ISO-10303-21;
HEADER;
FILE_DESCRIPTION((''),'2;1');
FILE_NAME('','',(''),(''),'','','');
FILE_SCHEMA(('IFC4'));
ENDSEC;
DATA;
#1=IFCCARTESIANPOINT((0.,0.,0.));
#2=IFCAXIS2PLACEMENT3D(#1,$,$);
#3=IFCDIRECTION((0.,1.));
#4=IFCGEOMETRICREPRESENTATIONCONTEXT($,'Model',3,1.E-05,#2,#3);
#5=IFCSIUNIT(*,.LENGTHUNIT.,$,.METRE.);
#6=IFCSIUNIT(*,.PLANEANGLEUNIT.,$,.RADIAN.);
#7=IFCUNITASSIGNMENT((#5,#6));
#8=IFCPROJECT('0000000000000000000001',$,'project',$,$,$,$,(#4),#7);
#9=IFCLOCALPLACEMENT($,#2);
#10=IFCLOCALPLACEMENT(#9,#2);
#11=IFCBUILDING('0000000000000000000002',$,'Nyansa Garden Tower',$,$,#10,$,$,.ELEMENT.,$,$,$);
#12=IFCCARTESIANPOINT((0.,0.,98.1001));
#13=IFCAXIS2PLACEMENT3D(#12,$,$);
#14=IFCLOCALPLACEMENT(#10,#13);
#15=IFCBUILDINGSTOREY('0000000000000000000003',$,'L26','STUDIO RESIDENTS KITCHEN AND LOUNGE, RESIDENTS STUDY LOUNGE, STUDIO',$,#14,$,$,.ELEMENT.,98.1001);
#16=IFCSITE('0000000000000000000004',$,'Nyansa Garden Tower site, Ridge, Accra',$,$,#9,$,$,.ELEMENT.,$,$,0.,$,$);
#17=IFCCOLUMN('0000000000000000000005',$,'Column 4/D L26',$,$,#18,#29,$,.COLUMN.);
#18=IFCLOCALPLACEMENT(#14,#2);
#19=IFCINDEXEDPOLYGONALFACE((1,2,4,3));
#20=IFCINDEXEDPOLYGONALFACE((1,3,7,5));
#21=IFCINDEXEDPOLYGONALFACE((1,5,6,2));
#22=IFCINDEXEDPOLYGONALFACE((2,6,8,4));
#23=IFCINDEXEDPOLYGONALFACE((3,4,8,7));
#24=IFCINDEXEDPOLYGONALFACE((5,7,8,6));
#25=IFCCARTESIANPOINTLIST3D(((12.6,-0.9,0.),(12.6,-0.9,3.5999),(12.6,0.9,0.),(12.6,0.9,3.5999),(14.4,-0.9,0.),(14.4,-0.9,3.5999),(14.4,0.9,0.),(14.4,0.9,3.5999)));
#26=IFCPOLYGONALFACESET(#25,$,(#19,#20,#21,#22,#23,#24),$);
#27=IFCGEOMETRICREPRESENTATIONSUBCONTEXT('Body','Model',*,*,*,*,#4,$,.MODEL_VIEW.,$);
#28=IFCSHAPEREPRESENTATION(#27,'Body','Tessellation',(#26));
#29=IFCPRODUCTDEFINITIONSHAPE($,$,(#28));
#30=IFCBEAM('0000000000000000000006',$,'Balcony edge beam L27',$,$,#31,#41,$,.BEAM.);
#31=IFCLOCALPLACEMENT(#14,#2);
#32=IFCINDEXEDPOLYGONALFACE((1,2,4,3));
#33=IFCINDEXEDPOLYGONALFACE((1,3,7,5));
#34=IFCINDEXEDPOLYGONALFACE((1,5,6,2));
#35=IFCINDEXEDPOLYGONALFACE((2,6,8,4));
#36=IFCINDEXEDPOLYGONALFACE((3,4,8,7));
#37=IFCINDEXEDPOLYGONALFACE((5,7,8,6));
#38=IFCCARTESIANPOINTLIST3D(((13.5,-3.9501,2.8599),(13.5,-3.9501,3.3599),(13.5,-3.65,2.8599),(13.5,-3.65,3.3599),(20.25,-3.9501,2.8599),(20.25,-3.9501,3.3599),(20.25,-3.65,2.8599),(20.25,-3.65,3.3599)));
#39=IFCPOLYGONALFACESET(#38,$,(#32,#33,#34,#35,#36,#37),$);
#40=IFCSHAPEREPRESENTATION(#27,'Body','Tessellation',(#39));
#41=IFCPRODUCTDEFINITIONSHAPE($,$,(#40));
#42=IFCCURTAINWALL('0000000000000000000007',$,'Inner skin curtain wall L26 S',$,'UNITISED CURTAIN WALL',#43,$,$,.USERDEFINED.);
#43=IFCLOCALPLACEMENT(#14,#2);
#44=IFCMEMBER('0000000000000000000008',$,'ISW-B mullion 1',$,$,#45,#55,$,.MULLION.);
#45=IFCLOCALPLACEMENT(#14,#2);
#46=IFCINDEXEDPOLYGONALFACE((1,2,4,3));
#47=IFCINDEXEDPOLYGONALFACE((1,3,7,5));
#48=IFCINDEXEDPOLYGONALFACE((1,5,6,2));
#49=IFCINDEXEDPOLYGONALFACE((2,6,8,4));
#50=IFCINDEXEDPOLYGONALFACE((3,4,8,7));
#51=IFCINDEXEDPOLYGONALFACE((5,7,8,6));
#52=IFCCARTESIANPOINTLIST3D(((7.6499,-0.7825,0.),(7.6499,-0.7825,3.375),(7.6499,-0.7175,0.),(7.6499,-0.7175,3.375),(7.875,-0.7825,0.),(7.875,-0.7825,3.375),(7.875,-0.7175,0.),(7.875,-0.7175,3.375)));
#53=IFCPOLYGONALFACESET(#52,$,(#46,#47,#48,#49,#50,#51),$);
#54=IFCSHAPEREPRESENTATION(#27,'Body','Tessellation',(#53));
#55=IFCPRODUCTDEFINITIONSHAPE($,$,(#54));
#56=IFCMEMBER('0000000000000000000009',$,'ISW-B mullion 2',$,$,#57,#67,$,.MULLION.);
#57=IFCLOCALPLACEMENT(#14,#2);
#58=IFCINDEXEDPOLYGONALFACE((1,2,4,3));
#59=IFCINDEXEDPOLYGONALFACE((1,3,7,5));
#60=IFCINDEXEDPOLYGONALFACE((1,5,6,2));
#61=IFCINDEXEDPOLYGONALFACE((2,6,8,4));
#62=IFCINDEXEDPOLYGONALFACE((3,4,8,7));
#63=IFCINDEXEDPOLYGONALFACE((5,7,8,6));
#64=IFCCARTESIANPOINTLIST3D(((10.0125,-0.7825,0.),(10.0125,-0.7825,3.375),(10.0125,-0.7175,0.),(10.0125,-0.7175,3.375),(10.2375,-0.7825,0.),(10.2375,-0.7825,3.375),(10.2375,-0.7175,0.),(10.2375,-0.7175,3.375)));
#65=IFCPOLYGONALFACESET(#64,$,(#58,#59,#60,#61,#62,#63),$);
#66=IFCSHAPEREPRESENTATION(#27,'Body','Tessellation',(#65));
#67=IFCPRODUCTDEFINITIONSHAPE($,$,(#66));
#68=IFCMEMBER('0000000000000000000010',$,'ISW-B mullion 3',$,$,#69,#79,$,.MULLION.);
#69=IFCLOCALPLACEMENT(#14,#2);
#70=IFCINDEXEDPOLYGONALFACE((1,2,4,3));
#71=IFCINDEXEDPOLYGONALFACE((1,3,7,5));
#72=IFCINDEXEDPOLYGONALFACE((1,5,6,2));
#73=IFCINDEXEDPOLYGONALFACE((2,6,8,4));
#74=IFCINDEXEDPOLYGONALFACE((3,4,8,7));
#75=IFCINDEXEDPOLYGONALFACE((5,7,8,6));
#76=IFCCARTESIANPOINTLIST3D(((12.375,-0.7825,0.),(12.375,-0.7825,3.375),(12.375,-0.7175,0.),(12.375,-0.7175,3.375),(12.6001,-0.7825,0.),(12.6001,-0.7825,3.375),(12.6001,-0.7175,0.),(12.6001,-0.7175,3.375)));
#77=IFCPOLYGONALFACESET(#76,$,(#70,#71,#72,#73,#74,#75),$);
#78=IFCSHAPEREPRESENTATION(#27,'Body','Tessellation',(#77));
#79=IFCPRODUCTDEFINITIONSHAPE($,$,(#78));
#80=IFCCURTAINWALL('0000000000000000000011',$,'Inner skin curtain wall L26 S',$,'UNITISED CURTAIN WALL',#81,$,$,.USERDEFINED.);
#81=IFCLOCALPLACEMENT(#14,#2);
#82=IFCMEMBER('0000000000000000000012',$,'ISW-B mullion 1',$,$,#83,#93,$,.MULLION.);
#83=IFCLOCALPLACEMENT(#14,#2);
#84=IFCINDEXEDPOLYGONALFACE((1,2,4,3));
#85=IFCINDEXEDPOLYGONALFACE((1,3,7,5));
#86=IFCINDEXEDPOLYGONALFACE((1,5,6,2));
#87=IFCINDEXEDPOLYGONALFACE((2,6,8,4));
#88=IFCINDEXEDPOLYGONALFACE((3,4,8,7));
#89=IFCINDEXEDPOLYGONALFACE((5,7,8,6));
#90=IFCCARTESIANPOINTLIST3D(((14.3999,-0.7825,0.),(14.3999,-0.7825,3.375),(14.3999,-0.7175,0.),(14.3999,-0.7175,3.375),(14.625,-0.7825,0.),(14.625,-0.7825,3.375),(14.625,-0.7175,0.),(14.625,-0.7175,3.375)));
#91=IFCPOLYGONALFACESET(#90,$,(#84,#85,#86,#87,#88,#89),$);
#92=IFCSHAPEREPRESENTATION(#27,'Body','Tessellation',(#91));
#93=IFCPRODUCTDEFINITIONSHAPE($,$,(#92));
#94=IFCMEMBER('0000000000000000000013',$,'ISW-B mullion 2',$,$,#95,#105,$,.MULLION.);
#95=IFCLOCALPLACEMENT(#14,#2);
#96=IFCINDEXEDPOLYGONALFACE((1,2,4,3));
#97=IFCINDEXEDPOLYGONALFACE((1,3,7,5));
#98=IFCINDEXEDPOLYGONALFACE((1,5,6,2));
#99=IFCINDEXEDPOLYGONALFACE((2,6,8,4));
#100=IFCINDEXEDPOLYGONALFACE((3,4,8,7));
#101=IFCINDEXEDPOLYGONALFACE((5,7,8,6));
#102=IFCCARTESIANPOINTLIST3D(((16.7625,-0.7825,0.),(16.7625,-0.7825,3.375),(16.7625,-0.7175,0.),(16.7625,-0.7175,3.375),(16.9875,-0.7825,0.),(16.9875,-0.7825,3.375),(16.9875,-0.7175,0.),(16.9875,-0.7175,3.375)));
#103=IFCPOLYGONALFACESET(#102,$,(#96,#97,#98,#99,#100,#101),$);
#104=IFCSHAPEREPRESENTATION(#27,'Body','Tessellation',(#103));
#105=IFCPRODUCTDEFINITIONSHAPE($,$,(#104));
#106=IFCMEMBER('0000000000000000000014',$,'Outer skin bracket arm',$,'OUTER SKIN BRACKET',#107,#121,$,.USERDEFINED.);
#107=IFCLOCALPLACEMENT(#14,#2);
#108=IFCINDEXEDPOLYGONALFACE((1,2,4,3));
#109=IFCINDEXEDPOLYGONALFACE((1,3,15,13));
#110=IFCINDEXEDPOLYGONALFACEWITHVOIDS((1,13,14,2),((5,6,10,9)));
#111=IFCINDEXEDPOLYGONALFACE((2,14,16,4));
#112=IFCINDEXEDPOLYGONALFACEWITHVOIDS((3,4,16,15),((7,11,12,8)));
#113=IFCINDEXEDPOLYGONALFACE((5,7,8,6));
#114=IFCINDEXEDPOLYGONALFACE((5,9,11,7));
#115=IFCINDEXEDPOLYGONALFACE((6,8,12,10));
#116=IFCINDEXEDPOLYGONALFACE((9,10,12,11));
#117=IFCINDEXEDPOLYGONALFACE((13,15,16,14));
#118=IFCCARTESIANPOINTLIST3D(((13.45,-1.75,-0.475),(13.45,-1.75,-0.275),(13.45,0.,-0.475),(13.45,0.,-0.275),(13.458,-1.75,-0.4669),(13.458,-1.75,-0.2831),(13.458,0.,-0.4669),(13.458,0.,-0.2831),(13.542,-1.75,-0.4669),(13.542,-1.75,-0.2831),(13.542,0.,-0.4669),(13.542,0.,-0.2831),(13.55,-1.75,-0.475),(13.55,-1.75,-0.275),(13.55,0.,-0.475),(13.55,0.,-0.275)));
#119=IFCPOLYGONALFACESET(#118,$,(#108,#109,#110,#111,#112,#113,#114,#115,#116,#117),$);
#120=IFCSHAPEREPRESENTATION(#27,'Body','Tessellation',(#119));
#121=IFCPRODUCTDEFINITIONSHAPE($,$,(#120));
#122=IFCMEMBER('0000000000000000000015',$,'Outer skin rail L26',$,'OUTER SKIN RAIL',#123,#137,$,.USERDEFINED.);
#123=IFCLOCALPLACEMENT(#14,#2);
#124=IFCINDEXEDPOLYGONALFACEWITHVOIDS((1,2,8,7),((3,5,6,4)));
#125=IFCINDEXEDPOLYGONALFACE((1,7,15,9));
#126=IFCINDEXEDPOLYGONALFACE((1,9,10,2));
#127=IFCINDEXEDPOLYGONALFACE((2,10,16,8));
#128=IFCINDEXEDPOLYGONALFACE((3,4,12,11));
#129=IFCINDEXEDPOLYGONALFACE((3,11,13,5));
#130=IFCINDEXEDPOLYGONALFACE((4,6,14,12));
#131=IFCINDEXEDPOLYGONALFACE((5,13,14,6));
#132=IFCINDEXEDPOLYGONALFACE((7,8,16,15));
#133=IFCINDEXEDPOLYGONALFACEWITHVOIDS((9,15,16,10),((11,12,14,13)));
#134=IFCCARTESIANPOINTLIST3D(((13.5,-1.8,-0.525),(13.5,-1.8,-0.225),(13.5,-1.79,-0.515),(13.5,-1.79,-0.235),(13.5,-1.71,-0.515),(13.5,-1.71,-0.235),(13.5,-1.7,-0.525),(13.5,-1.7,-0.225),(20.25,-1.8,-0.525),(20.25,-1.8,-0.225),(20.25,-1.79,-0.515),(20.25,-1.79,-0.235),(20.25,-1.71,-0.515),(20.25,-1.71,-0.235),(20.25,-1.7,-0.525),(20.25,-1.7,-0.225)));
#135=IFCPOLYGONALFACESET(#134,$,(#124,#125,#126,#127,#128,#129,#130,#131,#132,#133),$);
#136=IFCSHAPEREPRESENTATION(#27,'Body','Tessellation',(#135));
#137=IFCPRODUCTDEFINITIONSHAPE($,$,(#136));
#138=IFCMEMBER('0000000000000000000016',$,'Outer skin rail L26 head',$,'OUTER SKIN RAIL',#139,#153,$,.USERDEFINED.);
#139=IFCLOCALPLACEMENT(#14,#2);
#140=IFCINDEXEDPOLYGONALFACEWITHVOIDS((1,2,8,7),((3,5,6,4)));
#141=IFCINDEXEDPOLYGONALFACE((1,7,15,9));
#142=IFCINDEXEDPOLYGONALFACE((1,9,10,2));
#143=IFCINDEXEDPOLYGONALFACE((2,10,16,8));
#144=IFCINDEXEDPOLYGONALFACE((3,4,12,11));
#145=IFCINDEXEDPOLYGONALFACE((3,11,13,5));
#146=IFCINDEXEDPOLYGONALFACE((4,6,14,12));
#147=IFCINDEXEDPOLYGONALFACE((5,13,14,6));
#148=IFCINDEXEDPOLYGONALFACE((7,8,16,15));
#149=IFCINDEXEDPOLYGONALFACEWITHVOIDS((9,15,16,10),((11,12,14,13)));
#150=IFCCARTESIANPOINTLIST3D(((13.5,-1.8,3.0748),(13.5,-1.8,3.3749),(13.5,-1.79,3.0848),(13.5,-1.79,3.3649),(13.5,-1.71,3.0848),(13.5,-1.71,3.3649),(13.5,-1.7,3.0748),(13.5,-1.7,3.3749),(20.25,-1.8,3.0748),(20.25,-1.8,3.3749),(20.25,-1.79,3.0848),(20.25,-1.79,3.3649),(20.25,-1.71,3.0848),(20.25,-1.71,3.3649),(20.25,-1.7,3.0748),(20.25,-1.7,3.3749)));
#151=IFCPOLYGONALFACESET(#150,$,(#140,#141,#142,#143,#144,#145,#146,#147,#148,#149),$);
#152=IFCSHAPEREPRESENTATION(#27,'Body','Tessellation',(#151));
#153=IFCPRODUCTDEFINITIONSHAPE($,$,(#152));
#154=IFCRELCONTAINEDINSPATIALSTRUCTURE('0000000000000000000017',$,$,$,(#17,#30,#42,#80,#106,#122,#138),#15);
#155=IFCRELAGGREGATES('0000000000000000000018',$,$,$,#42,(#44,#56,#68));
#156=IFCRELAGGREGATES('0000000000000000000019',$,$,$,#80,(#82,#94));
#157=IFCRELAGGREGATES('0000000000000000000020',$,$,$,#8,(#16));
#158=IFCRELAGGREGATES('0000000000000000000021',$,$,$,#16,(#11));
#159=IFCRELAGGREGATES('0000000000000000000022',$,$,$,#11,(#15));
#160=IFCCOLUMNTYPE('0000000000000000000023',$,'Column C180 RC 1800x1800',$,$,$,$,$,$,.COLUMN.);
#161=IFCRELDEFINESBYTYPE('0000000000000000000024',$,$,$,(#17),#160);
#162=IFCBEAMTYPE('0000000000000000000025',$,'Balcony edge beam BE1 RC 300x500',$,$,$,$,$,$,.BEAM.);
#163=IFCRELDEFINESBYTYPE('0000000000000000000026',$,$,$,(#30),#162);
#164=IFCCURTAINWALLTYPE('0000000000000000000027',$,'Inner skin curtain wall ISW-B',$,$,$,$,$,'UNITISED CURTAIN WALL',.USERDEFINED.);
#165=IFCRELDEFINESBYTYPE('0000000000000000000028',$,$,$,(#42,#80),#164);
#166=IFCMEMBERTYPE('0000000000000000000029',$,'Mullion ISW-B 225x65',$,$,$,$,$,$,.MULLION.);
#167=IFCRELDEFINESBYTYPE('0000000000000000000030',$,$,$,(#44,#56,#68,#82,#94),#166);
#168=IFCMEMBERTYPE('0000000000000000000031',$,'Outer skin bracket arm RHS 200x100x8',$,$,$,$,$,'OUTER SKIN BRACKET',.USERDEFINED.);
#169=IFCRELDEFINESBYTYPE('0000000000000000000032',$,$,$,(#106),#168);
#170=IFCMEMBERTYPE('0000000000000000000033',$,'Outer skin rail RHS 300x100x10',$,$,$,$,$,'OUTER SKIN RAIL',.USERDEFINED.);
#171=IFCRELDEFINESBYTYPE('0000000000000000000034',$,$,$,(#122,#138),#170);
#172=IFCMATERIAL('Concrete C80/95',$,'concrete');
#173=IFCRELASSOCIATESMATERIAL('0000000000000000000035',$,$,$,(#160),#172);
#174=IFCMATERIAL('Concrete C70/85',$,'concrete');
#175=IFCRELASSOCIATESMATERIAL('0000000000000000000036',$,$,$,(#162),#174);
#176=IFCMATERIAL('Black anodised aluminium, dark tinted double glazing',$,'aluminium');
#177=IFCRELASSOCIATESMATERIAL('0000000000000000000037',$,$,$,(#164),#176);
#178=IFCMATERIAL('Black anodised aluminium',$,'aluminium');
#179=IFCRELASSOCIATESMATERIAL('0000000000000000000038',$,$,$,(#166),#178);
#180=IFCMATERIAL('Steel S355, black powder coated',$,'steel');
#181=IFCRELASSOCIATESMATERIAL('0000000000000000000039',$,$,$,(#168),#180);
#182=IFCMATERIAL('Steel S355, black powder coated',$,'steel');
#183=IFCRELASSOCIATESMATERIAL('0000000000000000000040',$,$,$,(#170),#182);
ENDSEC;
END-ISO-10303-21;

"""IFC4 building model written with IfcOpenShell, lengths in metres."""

from ifc_helpers import new_model, si_unit, direction, frame, origin, origin_2d, place, context, subcontext, project, spatial, rectangle, hollow_rectangle, extrude, material, material_profile, profile_set, type_object, element, aggregate, save


model = new_model("IFC4")

# Units and contexts
model_context = context("Model", 3, precision=1e-05, world=origin(), true_north=direction((0.0, 1.0)))
body_context = subcontext(model_context, "Body", "Model", "MODEL_VIEW")
ifc_project = project(units=[si_unit("LENGTHUNIT", "METRE"), si_unit("PLANEANGLEUNIT", "RADIAN")], contexts=[model_context])

# Site, building, storey
site_placement = place(None, origin())
site = spatial("IfcSite", under=ifc_project, at=site_placement, Name="Nyansa Garden Tower site, Ridge, Accra", CompositionType="ELEMENT", RefElevation=0.0)
building_placement = place(site_placement, origin())
building = spatial("IfcBuilding", under=site, at=building_placement, Name="Nyansa Garden Tower", CompositionType="ELEMENT")
storey_placement = place(building_placement, frame((0.0, 0.0, 98.1001)))
storey = spatial("IfcBuildingStorey", under=building, at=storey_placement, Name="L26", Description="STUDIO RESIDENTS KITCHEN AND LOUNGE, RESIDENTS STUDY LOUNGE, STUDIO", CompositionType="ELEMENT", Elevation=98.1001)

# Column
ifc_material_1 = material(Name="Concrete C80/95", Category="concrete")
ifc_material_profile_1 = material_profile(ifc_material_1, rectangle(XDim=1.8, YDim=1.8, at=origin_2d()), Name="RC 1800x1800")
ifc_profile_set_1 = profile_set([ifc_material_profile_1], Name="Concrete C80/95")
column_type = type_object("IfcColumnType", Name="Column C180 RC 1800x1800", PredefinedType="COLUMN", material=ifc_profile_set_1)
column_placement = place(storey_placement, frame((13.5, 0.0, 0.0), z_axis=(0.0, 0.0, 1.0), x_axis=(1.0, 0.0, 0.0)))
element("IfcColumn", 1, at=column_placement, inside=storey, type_object=column_type, Name="Column 4/D L26", PredefinedType="COLUMN", context=body_context, shape_type="SweptSolid", body=[
    extrude(rectangle(XDim=1.8, YDim=1.8, at=origin_2d()), origin(), (0.0, 0.0, 1.0), 3.5999),
])

# Beam
ifc_material_2 = material(Name="Concrete C70/85", Category="concrete")
ifc_material_profile_2 = material_profile(ifc_material_2, rectangle(XDim=0.3, YDim=0.5, at=origin_2d()), Name="RC 300x500")
ifc_profile_set_2 = profile_set([ifc_material_profile_2], Name="Concrete C70/85")
beam_type_1 = type_object("IfcBeamType", Name="Balcony edge beam BE1 RC 300x500", PredefinedType="BEAM", material=ifc_profile_set_2)
beam_1_placement = place(storey_placement, frame((13.5, -3.8, 3.1099), z_axis=(1.0, 0.0, 0.0), x_axis=(0.0, 1.0, 0.0)))
element("IfcBeam", 2, at=beam_1_placement, inside=storey, type_object=beam_type_1, Name="Balcony edge beam L27", PredefinedType="BEAM", context=body_context, shape_type="SweptSolid", body=[
    extrude(rectangle(XDim=0.3, YDim=0.5, at=origin_2d()), origin(), (0.0, 0.0, 1.0), 6.75),
])

# Curtain walls, members
ifc_material_3 = material(Name="Black anodised aluminium, dark tinted double glazing", Category="aluminium")
curtain_wall_type = type_object("IfcCurtainWallType", Name="Inner skin curtain wall ISW-B", ElementType="UNITISED CURTAIN WALL", PredefinedType="USERDEFINED", material=ifc_material_3)
curtain_wall_1_placement = place(storey_placement, origin())
curtain_wall_1 = element("IfcCurtainWall", 3, at=curtain_wall_1_placement, inside=storey, type_object=curtain_wall_type, Name="Inner skin curtain wall L26 S", ObjectType="UNITISED CURTAIN WALL", PredefinedType="USERDEFINED")
ifc_material_4 = material(Name="Black anodised aluminium", Category="aluminium")
ifc_material_profile_3 = material_profile(ifc_material_4, rectangle(XDim=0.0649, YDim=0.2251, at=origin_2d()), Name="Mullion 225x65")
ifc_profile_set_3 = profile_set([ifc_material_profile_3], Name="Black anodised aluminium")
member_type_1 = type_object("IfcMemberType", Name="Mullion ISW-B 225x65", PredefinedType="MULLION", material=ifc_profile_set_3)
member_1_placement = place(storey_placement, frame((7.7625, -0.75, 0.0), z_axis=(0.0, 0.0, 1.0), x_axis=(0.0, 1.0, 0.0)))
member_1 = element("IfcMember", 4, at=member_1_placement, type_object=member_type_1, Name="ISW-B mullion 1", PredefinedType="MULLION", context=body_context, shape_type="SweptSolid", body=[
    extrude(rectangle(XDim=0.0649, YDim=0.2251, at=origin_2d()), origin(), (0.0, 0.0, 1.0), 3.375),
])
member_2_placement = place(storey_placement, frame((10.125, -0.75, 0.0), z_axis=(0.0, 0.0, 1.0), x_axis=(0.0, 1.0, 0.0)))
member_2 = element("IfcMember", 5, at=member_2_placement, type_object=member_type_1, Name="ISW-B mullion 2", PredefinedType="MULLION", context=body_context, shape_type="SweptSolid", body=[
    extrude(rectangle(XDim=0.0649, YDim=0.2251, at=origin_2d()), origin(), (0.0, 0.0, 1.0), 3.375),
])
member_3_placement = place(storey_placement, frame((12.4875, -0.75, 0.0), z_axis=(0.0, 0.0, 1.0), x_axis=(0.0, 1.0, 0.0)))
member_3 = element("IfcMember", 6, at=member_3_placement, type_object=member_type_1, Name="ISW-B mullion 3", PredefinedType="MULLION", context=body_context, shape_type="SweptSolid", body=[
    extrude(rectangle(XDim=0.0649, YDim=0.2251, at=origin_2d()), origin(), (0.0, 0.0, 1.0), 3.375),
])
curtain_wall_2_placement = place(storey_placement, origin())
curtain_wall_2 = element("IfcCurtainWall", 7, at=curtain_wall_2_placement, inside=storey, type_object=curtain_wall_type, Name="Inner skin curtain wall L26 S", ObjectType="UNITISED CURTAIN WALL", PredefinedType="USERDEFINED")
member_4_placement = place(storey_placement, frame((14.5125, -0.75, 0.0), z_axis=(0.0, 0.0, 1.0), x_axis=(0.0, 1.0, 0.0)))
member_4 = element("IfcMember", 8, at=member_4_placement, type_object=member_type_1, Name="ISW-B mullion 1", PredefinedType="MULLION", context=body_context, shape_type="SweptSolid", body=[
    extrude(rectangle(XDim=0.0649, YDim=0.2251, at=origin_2d()), origin(), (0.0, 0.0, 1.0), 3.375),
])
member_5_placement = place(storey_placement, frame((16.875, -0.75, 0.0), z_axis=(0.0, 0.0, 1.0), x_axis=(0.0, 1.0, 0.0)))
member_5 = element("IfcMember", 9, at=member_5_placement, type_object=member_type_1, Name="ISW-B mullion 2", PredefinedType="MULLION", context=body_context, shape_type="SweptSolid", body=[
    extrude(rectangle(XDim=0.0649, YDim=0.2251, at=origin_2d()), origin(), (0.0, 0.0, 1.0), 3.375),
])

# Members
ifc_material_5 = material(Name="Steel S355, black powder coated", Category="steel")
ifc_material_profile_4 = material_profile(ifc_material_5, hollow_rectangle(XDim=0.1001, YDim=0.2, WallThickness=0.0081, at=origin_2d()), Name="RHS 200x100x8")
ifc_profile_set_4 = profile_set([ifc_material_profile_4], Name="Steel S355, black powder coated")
member_type_2 = type_object("IfcMemberType", Name="Outer skin bracket arm RHS 200x100x8", ElementType="OUTER SKIN BRACKET", PredefinedType="USERDEFINED", material=ifc_profile_set_4)
member_6_placement = place(storey_placement, frame((13.5, 0.0, -0.375), z_axis=(0.0, -1.0, 0.0), x_axis=(1.0, 0.0, 0.0)))
element("IfcMember", 10, at=member_6_placement, inside=storey, type_object=member_type_2, Name="Outer skin bracket arm", ObjectType="OUTER SKIN BRACKET", PredefinedType="USERDEFINED", context=body_context, shape_type="SweptSolid", body=[
    extrude(hollow_rectangle(XDim=0.1001, YDim=0.2, WallThickness=0.0081, at=origin_2d()), origin(), (0.0, 0.0, 1.0), 1.75),
])
ifc_material_6 = material(Name="Steel S355, black powder coated", Category="steel")
ifc_material_profile_5 = material_profile(ifc_material_6, hollow_rectangle(XDim=0.1001, YDim=0.3, WallThickness=0.01, at=origin_2d()), Name="RHS 300x100x10")
ifc_profile_set_5 = profile_set([ifc_material_profile_5], Name="Steel S355, black powder coated")
member_type_3 = type_object("IfcMemberType", Name="Outer skin rail RHS 300x100x10", ElementType="OUTER SKIN RAIL", PredefinedType="USERDEFINED", material=ifc_profile_set_5)
for number, where, z_axis, x_axis, name in (
    (11, (13.5, -1.75, -0.375), (1.0, 0.0, 0.0), (0.0, 1.0, 0.0), "Outer skin rail L26"),
    (12, (13.5, -1.75, 3.2249), (1.0, 0.0, 0.0), (0.0, 1.0, 0.0), "Outer skin rail L26 head"),
):
    element("IfcMember", number, at=place(storey_placement, frame(where, z_axis=z_axis, x_axis=x_axis)), inside=storey, type_object=member_type_3, Name=name, ObjectType="OUTER SKIN RAIL", PredefinedType="USERDEFINED", context=body_context, shape_type="SweptSolid", body=[
        extrude(hollow_rectangle(XDim=0.1001, YDim=0.3, WallThickness=0.01, at=origin_2d()), origin(), (0.0, 0.0, 1.0), 6.75),
    ])

aggregate(curtain_wall_1, [member_1, member_2, member_3])
aggregate(curtain_wall_2, [member_4, member_5])

save(model, "model.ifc")
